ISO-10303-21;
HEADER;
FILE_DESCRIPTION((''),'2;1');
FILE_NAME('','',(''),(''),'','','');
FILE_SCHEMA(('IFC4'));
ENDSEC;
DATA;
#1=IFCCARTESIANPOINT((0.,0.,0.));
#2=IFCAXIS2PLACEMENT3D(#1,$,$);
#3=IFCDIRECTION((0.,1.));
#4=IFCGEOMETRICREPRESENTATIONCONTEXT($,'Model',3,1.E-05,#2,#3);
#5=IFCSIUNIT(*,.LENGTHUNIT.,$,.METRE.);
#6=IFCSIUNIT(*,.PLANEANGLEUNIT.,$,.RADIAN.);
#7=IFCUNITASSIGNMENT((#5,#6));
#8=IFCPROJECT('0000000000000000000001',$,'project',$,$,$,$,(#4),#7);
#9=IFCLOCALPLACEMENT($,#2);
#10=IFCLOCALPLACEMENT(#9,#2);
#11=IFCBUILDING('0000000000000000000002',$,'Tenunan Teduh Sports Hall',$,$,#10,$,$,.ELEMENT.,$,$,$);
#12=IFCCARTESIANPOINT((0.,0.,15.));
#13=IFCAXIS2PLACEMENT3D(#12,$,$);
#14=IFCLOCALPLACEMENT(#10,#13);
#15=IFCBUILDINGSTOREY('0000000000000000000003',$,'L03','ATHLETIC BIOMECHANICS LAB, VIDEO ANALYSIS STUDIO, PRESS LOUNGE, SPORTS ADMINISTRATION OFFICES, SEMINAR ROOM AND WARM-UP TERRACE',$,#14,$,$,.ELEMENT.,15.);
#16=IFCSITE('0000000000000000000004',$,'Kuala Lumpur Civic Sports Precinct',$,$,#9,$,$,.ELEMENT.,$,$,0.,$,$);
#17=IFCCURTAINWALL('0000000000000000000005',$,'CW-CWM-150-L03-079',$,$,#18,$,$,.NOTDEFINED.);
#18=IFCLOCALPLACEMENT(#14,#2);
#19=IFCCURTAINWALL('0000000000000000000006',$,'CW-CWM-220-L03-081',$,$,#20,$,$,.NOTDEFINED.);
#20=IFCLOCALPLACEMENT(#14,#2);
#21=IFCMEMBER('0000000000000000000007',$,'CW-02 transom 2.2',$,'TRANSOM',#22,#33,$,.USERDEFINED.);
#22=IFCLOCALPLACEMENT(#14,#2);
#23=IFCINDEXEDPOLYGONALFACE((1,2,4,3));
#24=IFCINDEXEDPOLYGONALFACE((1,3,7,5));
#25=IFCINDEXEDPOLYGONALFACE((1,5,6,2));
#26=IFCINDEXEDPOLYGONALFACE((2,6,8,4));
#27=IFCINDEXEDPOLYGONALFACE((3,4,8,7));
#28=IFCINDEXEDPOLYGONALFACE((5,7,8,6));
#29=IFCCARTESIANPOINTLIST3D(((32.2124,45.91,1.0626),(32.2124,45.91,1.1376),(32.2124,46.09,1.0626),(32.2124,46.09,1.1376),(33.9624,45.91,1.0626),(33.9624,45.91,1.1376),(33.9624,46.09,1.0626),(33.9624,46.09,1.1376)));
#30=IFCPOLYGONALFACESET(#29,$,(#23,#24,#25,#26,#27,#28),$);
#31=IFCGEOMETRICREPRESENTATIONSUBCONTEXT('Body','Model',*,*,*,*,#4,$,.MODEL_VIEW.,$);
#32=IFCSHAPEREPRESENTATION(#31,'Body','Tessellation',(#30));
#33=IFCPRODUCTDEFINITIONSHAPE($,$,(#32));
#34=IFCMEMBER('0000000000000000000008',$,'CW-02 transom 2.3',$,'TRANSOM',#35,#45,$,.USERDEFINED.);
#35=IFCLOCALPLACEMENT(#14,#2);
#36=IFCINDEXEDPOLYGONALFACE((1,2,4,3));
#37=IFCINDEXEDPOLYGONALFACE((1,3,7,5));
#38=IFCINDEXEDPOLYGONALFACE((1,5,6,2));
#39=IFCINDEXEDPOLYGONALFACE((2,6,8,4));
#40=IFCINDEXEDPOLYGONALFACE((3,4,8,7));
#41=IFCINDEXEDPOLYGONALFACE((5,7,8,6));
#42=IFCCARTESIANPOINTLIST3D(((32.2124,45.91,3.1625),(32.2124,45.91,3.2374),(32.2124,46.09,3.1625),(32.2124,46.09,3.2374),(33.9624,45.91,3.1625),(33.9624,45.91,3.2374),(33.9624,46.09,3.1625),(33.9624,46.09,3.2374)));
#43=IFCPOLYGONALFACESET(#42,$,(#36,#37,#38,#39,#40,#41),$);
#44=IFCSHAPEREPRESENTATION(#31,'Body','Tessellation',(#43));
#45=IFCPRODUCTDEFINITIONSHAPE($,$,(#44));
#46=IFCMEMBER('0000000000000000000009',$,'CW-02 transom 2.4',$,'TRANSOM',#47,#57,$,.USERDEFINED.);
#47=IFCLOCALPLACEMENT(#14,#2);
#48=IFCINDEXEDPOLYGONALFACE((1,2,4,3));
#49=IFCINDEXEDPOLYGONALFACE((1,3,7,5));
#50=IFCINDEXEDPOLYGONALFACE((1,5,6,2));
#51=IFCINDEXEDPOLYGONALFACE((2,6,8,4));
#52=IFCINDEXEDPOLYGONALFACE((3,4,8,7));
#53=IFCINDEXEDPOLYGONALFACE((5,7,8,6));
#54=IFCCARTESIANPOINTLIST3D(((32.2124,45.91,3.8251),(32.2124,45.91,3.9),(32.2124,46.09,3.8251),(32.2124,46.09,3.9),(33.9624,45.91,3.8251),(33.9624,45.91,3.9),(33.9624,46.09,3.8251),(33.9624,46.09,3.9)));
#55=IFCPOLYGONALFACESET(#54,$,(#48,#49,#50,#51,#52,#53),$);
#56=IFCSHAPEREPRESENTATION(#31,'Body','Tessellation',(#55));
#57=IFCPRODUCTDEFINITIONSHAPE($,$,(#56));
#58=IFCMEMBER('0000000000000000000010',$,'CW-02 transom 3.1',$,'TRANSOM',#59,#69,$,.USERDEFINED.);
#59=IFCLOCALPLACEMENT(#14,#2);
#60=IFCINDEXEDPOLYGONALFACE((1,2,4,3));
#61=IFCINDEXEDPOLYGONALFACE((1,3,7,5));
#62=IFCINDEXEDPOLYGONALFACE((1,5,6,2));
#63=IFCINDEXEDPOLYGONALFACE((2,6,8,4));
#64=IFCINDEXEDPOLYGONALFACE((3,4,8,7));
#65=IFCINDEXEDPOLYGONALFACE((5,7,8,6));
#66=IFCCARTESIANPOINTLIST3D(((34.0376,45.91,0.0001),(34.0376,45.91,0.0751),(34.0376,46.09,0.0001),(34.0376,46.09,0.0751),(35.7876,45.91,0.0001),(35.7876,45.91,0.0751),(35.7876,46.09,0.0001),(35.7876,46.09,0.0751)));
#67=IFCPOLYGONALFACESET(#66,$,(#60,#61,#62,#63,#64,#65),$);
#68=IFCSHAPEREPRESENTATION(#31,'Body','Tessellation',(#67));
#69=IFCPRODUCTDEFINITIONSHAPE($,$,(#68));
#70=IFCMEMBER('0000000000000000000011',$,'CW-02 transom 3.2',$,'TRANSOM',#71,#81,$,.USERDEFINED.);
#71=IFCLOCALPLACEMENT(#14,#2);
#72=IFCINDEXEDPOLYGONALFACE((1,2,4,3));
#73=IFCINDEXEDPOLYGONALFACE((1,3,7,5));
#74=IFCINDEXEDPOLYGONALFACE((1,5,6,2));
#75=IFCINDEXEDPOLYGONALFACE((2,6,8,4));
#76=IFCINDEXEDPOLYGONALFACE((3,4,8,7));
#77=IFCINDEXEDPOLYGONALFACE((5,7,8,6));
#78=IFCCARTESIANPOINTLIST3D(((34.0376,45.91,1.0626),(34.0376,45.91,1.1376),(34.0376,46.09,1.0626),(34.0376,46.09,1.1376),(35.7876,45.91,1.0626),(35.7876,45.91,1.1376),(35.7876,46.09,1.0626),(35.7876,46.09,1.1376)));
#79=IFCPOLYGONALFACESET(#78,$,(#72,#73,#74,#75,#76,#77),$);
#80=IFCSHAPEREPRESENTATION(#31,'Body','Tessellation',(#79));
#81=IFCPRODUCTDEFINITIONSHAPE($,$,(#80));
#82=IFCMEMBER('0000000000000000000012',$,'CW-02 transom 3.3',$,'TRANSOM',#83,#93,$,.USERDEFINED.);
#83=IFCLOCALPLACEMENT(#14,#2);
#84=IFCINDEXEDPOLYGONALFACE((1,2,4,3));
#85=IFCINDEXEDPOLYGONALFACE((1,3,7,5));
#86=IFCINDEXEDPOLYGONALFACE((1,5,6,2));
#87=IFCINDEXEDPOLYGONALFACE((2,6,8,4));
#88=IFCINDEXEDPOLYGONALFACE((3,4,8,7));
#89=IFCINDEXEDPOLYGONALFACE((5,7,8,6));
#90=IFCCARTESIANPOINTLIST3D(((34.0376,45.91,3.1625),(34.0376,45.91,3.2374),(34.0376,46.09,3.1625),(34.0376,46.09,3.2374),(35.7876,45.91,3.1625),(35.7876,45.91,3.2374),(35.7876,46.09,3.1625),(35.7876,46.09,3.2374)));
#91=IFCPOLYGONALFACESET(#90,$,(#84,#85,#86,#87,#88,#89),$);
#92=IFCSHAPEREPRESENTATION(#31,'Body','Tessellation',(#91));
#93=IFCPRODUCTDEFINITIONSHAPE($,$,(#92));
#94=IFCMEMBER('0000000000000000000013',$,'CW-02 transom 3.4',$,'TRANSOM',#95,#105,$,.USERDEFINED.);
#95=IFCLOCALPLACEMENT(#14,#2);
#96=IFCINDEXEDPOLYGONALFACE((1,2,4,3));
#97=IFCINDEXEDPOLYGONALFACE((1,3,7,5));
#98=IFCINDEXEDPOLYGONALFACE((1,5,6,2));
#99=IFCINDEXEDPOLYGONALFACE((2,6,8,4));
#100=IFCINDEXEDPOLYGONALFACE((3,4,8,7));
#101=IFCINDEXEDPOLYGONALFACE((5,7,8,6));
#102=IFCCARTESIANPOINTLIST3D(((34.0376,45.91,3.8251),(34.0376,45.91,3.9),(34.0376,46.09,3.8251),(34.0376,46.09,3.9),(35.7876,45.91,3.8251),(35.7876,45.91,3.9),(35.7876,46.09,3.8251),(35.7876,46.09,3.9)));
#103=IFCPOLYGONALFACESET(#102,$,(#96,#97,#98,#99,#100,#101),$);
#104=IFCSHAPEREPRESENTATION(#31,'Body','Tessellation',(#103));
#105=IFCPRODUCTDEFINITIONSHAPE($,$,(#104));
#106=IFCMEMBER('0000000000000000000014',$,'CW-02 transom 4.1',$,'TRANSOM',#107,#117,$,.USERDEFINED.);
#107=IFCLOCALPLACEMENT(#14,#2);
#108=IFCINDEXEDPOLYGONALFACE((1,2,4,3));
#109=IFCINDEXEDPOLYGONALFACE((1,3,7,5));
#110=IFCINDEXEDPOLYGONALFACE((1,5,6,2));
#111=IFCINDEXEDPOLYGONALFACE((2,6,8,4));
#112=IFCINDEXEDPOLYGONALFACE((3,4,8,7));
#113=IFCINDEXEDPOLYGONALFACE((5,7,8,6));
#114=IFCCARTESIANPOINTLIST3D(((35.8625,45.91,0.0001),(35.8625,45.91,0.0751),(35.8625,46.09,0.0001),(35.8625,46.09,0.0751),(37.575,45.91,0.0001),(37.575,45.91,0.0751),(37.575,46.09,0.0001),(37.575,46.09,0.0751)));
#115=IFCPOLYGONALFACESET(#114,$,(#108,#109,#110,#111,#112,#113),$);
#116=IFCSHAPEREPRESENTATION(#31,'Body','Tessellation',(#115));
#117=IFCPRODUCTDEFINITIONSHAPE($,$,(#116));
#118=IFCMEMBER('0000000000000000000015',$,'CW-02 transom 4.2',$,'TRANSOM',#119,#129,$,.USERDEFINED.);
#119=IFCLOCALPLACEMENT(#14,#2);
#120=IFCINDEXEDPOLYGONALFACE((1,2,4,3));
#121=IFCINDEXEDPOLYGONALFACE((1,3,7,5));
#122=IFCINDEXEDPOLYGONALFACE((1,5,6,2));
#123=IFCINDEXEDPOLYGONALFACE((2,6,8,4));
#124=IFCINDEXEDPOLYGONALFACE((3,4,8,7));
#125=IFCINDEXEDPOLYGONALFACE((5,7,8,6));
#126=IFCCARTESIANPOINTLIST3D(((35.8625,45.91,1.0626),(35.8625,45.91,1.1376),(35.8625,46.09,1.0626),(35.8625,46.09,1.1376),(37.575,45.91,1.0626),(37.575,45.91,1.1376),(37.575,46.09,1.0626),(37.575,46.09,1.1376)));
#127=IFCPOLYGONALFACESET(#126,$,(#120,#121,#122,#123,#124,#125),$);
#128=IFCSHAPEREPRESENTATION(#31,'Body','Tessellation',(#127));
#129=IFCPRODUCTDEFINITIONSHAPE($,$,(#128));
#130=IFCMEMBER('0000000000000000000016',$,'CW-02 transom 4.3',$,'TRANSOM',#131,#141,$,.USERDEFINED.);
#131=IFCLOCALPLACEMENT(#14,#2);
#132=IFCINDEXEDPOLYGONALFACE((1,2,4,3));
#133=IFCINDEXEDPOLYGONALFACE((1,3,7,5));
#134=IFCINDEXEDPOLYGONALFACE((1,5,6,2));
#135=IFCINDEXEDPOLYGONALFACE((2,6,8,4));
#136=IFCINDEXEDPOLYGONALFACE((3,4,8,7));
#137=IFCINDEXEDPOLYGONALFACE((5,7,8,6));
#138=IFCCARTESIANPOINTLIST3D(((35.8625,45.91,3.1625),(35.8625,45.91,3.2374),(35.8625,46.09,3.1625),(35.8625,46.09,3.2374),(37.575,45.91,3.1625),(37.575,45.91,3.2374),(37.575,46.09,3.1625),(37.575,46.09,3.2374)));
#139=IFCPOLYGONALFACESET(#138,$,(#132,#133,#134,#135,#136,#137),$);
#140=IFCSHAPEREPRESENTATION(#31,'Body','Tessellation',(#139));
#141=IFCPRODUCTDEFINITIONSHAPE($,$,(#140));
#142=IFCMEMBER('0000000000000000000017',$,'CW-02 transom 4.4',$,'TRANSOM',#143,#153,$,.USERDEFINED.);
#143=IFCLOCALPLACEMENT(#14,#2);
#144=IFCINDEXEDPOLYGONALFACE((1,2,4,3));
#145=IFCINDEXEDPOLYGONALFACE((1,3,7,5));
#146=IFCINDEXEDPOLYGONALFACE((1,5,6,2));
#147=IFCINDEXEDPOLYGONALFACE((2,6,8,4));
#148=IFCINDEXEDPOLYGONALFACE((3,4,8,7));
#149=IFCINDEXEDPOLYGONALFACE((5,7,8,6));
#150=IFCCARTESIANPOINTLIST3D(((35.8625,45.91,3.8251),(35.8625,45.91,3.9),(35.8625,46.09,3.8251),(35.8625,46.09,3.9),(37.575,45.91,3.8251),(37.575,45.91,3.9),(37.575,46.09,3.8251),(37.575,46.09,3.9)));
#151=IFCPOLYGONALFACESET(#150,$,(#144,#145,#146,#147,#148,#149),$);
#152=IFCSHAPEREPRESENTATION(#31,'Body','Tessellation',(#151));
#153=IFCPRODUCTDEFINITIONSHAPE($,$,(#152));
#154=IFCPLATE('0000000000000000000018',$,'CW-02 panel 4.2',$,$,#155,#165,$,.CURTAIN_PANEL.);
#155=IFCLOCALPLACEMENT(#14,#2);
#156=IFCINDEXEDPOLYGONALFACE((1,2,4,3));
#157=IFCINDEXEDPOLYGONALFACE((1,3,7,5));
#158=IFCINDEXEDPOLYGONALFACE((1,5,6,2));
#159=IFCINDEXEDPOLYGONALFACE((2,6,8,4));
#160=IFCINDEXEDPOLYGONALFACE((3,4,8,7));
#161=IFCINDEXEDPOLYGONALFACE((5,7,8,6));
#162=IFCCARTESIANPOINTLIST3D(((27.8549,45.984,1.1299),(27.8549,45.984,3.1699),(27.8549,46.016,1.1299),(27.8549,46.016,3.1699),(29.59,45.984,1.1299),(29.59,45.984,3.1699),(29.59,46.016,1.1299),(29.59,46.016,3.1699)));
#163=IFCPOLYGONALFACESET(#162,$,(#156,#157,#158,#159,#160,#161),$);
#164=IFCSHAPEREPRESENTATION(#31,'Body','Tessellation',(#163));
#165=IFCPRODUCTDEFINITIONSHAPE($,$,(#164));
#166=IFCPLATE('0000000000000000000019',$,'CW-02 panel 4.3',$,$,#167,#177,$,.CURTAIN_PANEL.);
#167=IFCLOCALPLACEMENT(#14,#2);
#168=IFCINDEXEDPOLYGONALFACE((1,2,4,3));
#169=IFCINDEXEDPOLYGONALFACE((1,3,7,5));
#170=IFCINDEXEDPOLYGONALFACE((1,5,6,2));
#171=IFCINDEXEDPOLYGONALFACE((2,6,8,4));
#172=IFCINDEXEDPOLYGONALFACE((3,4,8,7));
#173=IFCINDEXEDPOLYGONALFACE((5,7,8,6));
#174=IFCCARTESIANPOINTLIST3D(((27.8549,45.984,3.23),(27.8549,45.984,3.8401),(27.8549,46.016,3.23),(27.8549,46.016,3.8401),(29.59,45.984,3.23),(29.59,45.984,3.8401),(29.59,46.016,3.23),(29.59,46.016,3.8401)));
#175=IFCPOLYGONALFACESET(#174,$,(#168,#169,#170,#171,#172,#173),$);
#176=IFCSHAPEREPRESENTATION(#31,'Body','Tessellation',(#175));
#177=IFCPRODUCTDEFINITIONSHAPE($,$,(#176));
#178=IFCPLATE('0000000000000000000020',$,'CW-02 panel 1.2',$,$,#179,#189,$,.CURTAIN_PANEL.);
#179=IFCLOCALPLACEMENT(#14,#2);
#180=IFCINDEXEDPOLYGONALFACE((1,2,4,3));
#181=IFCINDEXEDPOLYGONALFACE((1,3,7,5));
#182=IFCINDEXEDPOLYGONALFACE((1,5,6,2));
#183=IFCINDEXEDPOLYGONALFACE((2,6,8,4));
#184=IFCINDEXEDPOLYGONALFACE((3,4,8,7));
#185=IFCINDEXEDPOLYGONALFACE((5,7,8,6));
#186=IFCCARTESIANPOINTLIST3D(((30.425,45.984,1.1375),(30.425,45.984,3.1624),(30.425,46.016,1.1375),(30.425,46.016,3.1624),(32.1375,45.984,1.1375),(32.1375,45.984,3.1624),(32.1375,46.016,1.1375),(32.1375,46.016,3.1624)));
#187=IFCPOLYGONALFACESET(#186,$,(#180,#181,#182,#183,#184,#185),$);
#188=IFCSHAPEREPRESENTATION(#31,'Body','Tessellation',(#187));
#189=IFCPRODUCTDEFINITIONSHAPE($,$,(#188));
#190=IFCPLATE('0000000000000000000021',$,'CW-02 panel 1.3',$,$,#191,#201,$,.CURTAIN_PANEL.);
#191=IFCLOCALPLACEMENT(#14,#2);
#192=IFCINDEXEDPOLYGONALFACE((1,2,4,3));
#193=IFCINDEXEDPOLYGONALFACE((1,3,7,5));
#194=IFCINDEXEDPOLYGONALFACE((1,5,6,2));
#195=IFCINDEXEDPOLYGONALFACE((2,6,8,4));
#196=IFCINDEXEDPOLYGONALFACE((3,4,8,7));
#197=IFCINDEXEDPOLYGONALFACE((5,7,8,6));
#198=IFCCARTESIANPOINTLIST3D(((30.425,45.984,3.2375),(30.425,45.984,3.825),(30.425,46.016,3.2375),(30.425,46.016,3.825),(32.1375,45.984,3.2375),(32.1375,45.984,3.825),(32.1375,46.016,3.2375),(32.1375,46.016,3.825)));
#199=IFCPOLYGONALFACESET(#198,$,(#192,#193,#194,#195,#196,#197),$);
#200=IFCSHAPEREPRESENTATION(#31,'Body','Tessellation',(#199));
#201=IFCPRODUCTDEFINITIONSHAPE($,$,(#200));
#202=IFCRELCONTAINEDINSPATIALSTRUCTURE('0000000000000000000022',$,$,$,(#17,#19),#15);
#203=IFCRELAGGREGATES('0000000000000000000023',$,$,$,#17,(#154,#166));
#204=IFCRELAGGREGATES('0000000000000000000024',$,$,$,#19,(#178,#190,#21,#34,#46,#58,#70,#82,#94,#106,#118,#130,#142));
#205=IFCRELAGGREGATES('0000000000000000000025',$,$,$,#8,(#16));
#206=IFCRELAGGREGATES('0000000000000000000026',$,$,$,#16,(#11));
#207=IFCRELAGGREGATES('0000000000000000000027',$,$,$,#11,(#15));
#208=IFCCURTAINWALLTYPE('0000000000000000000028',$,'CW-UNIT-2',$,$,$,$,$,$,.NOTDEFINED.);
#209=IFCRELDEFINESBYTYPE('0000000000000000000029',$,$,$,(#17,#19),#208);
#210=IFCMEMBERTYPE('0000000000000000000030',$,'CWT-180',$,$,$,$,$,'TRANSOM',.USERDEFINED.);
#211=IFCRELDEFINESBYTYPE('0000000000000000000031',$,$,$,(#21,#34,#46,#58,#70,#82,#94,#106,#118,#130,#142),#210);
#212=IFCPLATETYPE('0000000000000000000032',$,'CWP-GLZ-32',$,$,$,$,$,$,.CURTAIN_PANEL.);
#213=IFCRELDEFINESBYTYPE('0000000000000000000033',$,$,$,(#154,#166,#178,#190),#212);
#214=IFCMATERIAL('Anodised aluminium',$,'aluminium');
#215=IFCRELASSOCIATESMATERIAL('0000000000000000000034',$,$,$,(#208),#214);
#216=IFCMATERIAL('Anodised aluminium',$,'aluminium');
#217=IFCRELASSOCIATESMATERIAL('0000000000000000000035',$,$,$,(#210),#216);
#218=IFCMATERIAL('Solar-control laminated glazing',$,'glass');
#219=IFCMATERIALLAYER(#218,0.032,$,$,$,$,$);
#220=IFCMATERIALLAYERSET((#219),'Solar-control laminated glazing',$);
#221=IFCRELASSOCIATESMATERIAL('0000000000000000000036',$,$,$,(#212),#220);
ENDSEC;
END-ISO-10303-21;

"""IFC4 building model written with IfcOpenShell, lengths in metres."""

from ifc_helpers import new_model, si_unit, direction, frame, origin, origin_2d, place, context, subcontext, project, spatial, rectangle, extrude, material, layer, layer_set, material_profile, profile_set, type_object, element, aggregate, save


model = new_model("IFC4")

# Units and contexts
model_context = context("Model", 3, precision=1e-05, world=origin(), true_north=direction((0.0, 1.0)))
body_context = subcontext(model_context, "Body", "Model", "MODEL_VIEW")
ifc_project = project(units=[si_unit("LENGTHUNIT", "METRE"), si_unit("PLANEANGLEUNIT", "RADIAN")], contexts=[model_context])

# Site, building, storey
site_placement = place(None, origin())
site = spatial("IfcSite", under=ifc_project, at=site_placement, Name="Kuala Lumpur Civic Sports Precinct", CompositionType="ELEMENT", RefElevation=0.0)
building_placement = place(site_placement, origin())
building = spatial("IfcBuilding", under=site, at=building_placement, Name="Tenunan Teduh Sports Hall", CompositionType="ELEMENT")
storey_placement = place(building_placement, frame((0.0, 0.0, 15.0)))
storey = spatial("IfcBuildingStorey", under=building, at=storey_placement, Name="L03", Description="ATHLETIC BIOMECHANICS LAB, VIDEO ANALYSIS STUDIO, PRESS LOUNGE, SPORTS ADMINISTRATION OFFICES, SEMINAR ROOM AND WARM-UP TERRACE", CompositionType="ELEMENT", Elevation=15.0)

# Curtain wall
ifc_material_1 = material(Name="Anodised aluminium", Category="aluminium")
curtain_wall_type = type_object("IfcCurtainWallType", Name="CW-UNIT-2", PredefinedType="NOTDEFINED", material=ifc_material_1)
curtain_wall_1_placement = place(storey_placement, origin())
curtain_wall_1 = element("IfcCurtainWall", 1, at=curtain_wall_1_placement, inside=storey, type_object=curtain_wall_type, Name="CW-CWM-150-L03-079", PredefinedType="NOTDEFINED")

# Curtain wall, members
curtain_wall_2_placement = place(storey_placement, origin())
curtain_wall_2 = element("IfcCurtainWall", 2, at=curtain_wall_2_placement, inside=storey, type_object=curtain_wall_type, Name="CW-CWM-220-L03-081", PredefinedType="NOTDEFINED")
ifc_material_2 = material(Name="Anodised aluminium", Category="aluminium")
ifc_material_profile_1 = material_profile(ifc_material_2, rectangle(XDim=0.075, YDim=0.1799, at=origin_2d()), Name="CWT 75x180")
ifc_profile_set_1 = profile_set([ifc_material_profile_1], Name="Anodised aluminium")
member_type_1 = type_object("IfcMemberType", Name="CWT-180", ElementType="TRANSOM", PredefinedType="USERDEFINED", material=ifc_profile_set_1)
member_1_placement = place(storey_placement, frame((32.2124, 46.0, 1.1001), z_axis=(1.0, 0.0, 0.0), x_axis=(0.0, 0.0, 1.0)))
member_1 = element("IfcMember", 3, at=member_1_placement, type_object=member_type_1, Name="CW-02 transom 2.2", ObjectType="TRANSOM", PredefinedType="USERDEFINED", context=body_context, shape_type="SweptSolid", body=[
    extrude(rectangle(XDim=0.075, YDim=0.1799, at=origin_2d()), origin(), (0.0, 0.0, 1.0), 1.75),
])
member_2_placement = place(storey_placement, frame((32.2124, 46.0, 3.2), z_axis=(1.0, 0.0, 0.0), x_axis=(0.0, 0.0, 1.0)))
member_2 = element("IfcMember", 4, at=member_2_placement, type_object=member_type_1, Name="CW-02 transom 2.3", ObjectType="TRANSOM", PredefinedType="USERDEFINED", context=body_context, shape_type="SweptSolid", body=[
    extrude(rectangle(XDim=0.075, YDim=0.1799, at=origin_2d()), origin(), (0.0, 0.0, 1.0), 1.75),
])
member_3_placement = place(storey_placement, frame((32.2124, 46.0, 3.8625), z_axis=(1.0, 0.0, 0.0), x_axis=(0.0, 0.0, 1.0)))
member_3 = element("IfcMember", 5, at=member_3_placement, type_object=member_type_1, Name="CW-02 transom 2.4", ObjectType="TRANSOM", PredefinedType="USERDEFINED", context=body_context, shape_type="SweptSolid", body=[
    extrude(rectangle(XDim=0.075, YDim=0.1799, at=origin_2d()), origin(), (0.0, 0.0, 1.0), 1.75),
])
member_4_placement = place(storey_placement, frame((34.0376, 46.0, 0.0376), z_axis=(1.0, 0.0, 0.0), x_axis=(0.0, 0.0, 1.0)))
member_4 = element("IfcMember", 6, at=member_4_placement, type_object=member_type_1, Name="CW-02 transom 3.1", ObjectType="TRANSOM", PredefinedType="USERDEFINED", context=body_context, shape_type="SweptSolid", body=[
    extrude(rectangle(XDim=0.075, YDim=0.1799, at=origin_2d()), origin(), (0.0, 0.0, 1.0), 1.75),
])
member_5_placement = place(storey_placement, frame((34.0376, 46.0, 1.1001), z_axis=(1.0, 0.0, 0.0), x_axis=(0.0, 0.0, 1.0)))
member_5 = element("IfcMember", 7, at=member_5_placement, type_object=member_type_1, Name="CW-02 transom 3.2", ObjectType="TRANSOM", PredefinedType="USERDEFINED", context=body_context, shape_type="SweptSolid", body=[
    extrude(rectangle(XDim=0.075, YDim=0.1799, at=origin_2d()), origin(), (0.0, 0.0, 1.0), 1.75),
])
member_6_placement = place(storey_placement, frame((34.0376, 46.0, 3.2), z_axis=(1.0, 0.0, 0.0), x_axis=(0.0, 0.0, 1.0)))
member_6 = element("IfcMember", 8, at=member_6_placement, type_object=member_type_1, Name="CW-02 transom 3.3", ObjectType="TRANSOM", PredefinedType="USERDEFINED", context=body_context, shape_type="SweptSolid", body=[
    extrude(rectangle(XDim=0.075, YDim=0.1799, at=origin_2d()), origin(), (0.0, 0.0, 1.0), 1.75),
])
member_7_placement = place(storey_placement, frame((34.0376, 46.0, 3.8625), z_axis=(1.0, 0.0, 0.0), x_axis=(0.0, 0.0, 1.0)))
member_7 = element("IfcMember", 9, at=member_7_placement, type_object=member_type_1, Name="CW-02 transom 3.4", ObjectType="TRANSOM", PredefinedType="USERDEFINED", context=body_context, shape_type="SweptSolid", body=[
    extrude(rectangle(XDim=0.075, YDim=0.1799, at=origin_2d()), origin(), (0.0, 0.0, 1.0), 1.75),
])
member_8_placement = place(storey_placement, frame((35.8625, 46.0, 0.0376), z_axis=(1.0, 0.0, 0.0), x_axis=(0.0, 0.0, 1.0)))
member_8 = element("IfcMember", 10, at=member_8_placement, type_object=member_type_1, Name="CW-02 transom 4.1", ObjectType="TRANSOM", PredefinedType="USERDEFINED", context=body_context, shape_type="SweptSolid", body=[
    extrude(rectangle(XDim=0.075, YDim=0.1799, at=origin_2d()), origin(), (0.0, 0.0, 1.0), 1.7124),
])
member_9_placement = place(storey_placement, frame((35.8625, 46.0, 1.1001), z_axis=(1.0, 0.0, 0.0), x_axis=(0.0, 0.0, 1.0)))
member_9 = element("IfcMember", 11, at=member_9_placement, type_object=member_type_1, Name="CW-02 transom 4.2", ObjectType="TRANSOM", PredefinedType="USERDEFINED", context=body_context, shape_type="SweptSolid", body=[
    extrude(rectangle(XDim=0.075, YDim=0.1799, at=origin_2d()), origin(), (0.0, 0.0, 1.0), 1.7124),
])
member_10_placement = place(storey_placement, frame((35.8625, 46.0, 3.2), z_axis=(1.0, 0.0, 0.0), x_axis=(0.0, 0.0, 1.0)))
member_10 = element("IfcMember", 12, at=member_10_placement, type_object=member_type_1, Name="CW-02 transom 4.3", ObjectType="TRANSOM", PredefinedType="USERDEFINED", context=body_context, shape_type="SweptSolid", body=[
    extrude(rectangle(XDim=0.075, YDim=0.1799, at=origin_2d()), origin(), (0.0, 0.0, 1.0), 1.7124),
])
member_11_placement = place(storey_placement, frame((35.8625, 46.0, 3.8625), z_axis=(1.0, 0.0, 0.0), x_axis=(0.0, 0.0, 1.0)))
member_11 = element("IfcMember", 13, at=member_11_placement, type_object=member_type_1, Name="CW-02 transom 4.4", ObjectType="TRANSOM", PredefinedType="USERDEFINED", context=body_context, shape_type="SweptSolid", body=[
    extrude(rectangle(XDim=0.075, YDim=0.1799, at=origin_2d()), origin(), (0.0, 0.0, 1.0), 1.7124),
])

# Plates
ifc_material_3 = material(Name="Solar-control laminated glazing", Category="glass")
ifc_layer_1 = layer(ifc_material_3, 0.032)
ifc_layer_set_1 = layer_set([ifc_layer_1], Name="Solar-control laminated glazing")
plate_type_1 = type_object("IfcPlateType", Name="CWP-GLZ-32", PredefinedType="CURTAIN_PANEL", material=ifc_layer_set_1)
plate_1_placement = place(storey_placement, frame((28.7224, 46.0, 1.1299), z_axis=(0.0, 0.0, 1.0), x_axis=(1.0, 0.0, 0.0)))
plate_1 = element("IfcPlate", 14, at=plate_1_placement, type_object=plate_type_1, Name="CW-02 panel 4.2", PredefinedType="CURTAIN_PANEL", context=body_context, shape_type="SweptSolid", body=[
    extrude(rectangle(XDim=1.7351, YDim=0.032, at=origin_2d()), origin(), (0.0, 0.0, 1.0), 2.04),
])
plate_2_placement = place(storey_placement, frame((28.7224, 46.0, 3.23), z_axis=(0.0, 0.0, 1.0), x_axis=(1.0, 0.0, 0.0)))
plate_2 = element("IfcPlate", 15, at=plate_2_placement, type_object=plate_type_1, Name="CW-02 panel 4.3", PredefinedType="CURTAIN_PANEL", context=body_context, shape_type="SweptSolid", body=[
    extrude(rectangle(XDim=1.7351, YDim=0.032, at=origin_2d()), origin(), (0.0, 0.0, 1.0), 0.6101),
])
plate_3_placement = place(storey_placement, frame((31.2812, 46.0, 1.1375), z_axis=(0.0, 0.0, 1.0), x_axis=(1.0, 0.0, 0.0)))
plate_3 = element("IfcPlate", 16, at=plate_3_placement, type_object=plate_type_1, Name="CW-02 panel 1.2", PredefinedType="CURTAIN_PANEL", context=body_context, shape_type="SweptSolid", body=[
    extrude(rectangle(XDim=1.7124, YDim=0.032, at=origin_2d()), origin(), (0.0, 0.0, 1.0), 2.0249),
])
plate_4_placement = place(storey_placement, frame((31.2812, 46.0, 3.2375), z_axis=(0.0, 0.0, 1.0), x_axis=(1.0, 0.0, 0.0)))
plate_4 = element("IfcPlate", 17, at=plate_4_placement, type_object=plate_type_1, Name="CW-02 panel 1.3", PredefinedType="CURTAIN_PANEL", context=body_context, shape_type="SweptSolid", body=[
    extrude(rectangle(XDim=1.7124, YDim=0.032, at=origin_2d()), origin(), (0.0, 0.0, 1.0), 0.5874),
])
aggregate(curtain_wall_1, [plate_1, plate_2])
aggregate(curtain_wall_2, [plate_3, plate_4, member_1, member_2, member_3, member_4, member_5, member_6, member_7, member_8, member_9, member_10, member_11])

save(model, "model.ifc")
